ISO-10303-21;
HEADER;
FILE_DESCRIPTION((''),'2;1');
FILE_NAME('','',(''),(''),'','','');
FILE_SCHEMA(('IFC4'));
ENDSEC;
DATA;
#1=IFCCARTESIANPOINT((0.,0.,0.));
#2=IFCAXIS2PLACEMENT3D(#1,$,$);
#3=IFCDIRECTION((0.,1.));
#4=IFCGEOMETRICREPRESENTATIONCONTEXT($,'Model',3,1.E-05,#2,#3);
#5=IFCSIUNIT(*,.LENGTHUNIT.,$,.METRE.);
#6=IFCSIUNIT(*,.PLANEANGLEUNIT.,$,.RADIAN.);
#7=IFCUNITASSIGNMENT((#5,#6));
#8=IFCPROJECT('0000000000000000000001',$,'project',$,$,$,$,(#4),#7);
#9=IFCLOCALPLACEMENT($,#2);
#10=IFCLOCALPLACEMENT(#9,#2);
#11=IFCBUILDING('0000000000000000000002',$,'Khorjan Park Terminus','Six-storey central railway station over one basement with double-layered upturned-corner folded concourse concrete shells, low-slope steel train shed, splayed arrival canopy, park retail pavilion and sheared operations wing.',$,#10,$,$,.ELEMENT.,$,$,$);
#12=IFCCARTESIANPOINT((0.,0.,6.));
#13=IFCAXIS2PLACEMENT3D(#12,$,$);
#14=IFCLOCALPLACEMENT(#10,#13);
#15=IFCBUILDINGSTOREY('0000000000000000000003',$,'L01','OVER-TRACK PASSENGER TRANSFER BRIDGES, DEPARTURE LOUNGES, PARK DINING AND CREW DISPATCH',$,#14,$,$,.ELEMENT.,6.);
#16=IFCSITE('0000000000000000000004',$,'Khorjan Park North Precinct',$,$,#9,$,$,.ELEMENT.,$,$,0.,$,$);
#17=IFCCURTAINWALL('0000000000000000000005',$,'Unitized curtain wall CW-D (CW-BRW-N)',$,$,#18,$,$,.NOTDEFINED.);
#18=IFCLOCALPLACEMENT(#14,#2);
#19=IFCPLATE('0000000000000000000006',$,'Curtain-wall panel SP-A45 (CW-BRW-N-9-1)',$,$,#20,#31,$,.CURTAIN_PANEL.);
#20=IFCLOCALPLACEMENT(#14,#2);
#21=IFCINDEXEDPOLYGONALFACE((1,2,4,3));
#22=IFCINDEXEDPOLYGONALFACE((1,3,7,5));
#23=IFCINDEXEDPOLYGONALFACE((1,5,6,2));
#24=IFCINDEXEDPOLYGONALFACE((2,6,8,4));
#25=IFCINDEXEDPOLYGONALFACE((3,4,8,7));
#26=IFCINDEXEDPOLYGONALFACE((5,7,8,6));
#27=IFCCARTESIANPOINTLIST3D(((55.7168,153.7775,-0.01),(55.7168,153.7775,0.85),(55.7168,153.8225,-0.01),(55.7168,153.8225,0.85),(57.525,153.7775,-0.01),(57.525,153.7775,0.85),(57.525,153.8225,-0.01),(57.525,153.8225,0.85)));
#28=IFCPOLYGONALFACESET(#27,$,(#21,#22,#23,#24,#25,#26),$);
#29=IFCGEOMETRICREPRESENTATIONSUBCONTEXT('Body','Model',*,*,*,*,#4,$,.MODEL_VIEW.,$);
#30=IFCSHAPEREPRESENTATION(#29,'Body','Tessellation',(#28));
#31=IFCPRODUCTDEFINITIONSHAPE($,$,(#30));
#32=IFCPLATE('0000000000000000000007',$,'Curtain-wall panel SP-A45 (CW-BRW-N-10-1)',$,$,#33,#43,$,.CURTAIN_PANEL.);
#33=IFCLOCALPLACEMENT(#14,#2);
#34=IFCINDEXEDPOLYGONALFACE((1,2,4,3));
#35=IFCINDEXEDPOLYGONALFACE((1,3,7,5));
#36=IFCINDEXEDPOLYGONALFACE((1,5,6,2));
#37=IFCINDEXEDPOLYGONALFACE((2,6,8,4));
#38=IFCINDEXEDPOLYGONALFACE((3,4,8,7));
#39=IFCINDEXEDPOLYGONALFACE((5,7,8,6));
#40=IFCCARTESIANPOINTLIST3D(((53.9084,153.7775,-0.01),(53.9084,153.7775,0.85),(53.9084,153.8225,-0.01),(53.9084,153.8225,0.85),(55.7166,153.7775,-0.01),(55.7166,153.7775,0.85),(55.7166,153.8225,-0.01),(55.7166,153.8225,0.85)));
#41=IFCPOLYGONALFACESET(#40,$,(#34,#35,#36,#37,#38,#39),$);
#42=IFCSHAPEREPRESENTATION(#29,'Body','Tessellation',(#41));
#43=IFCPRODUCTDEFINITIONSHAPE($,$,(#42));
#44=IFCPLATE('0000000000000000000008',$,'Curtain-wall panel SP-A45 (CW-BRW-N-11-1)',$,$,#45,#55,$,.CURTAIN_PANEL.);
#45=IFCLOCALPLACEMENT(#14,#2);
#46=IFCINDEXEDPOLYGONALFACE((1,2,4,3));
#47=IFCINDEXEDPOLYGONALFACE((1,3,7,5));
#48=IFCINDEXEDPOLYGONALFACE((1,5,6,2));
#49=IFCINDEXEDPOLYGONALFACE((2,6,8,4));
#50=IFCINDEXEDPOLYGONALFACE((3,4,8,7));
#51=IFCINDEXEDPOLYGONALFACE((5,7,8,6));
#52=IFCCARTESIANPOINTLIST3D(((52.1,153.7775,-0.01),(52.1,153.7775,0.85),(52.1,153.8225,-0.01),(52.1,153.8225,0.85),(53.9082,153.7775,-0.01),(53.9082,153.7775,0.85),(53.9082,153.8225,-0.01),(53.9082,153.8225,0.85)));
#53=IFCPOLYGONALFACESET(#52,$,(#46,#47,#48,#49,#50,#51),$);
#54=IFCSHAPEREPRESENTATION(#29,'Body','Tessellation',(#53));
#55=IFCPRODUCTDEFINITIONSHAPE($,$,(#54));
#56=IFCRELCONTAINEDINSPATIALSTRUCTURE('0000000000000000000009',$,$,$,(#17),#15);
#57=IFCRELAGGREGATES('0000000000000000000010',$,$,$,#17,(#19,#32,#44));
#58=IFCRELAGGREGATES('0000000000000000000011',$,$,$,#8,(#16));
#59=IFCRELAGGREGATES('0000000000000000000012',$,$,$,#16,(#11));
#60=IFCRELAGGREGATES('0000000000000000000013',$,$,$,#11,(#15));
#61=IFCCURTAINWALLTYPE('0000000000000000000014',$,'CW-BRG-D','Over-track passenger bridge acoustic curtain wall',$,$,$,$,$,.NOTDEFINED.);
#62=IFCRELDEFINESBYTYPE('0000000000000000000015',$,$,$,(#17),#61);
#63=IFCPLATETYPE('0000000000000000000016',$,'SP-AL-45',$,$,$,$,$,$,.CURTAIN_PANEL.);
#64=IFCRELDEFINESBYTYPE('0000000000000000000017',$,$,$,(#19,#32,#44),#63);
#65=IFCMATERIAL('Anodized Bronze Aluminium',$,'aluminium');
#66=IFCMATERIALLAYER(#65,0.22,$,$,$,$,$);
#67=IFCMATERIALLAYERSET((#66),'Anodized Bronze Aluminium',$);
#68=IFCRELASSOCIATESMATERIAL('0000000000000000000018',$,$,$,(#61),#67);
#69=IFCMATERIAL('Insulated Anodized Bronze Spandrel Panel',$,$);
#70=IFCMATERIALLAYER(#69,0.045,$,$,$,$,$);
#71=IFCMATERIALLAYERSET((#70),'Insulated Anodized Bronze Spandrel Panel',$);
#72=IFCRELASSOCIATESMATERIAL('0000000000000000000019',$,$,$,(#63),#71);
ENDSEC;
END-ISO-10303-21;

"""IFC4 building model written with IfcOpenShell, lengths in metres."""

from ifc_helpers import new_model, si_unit, direction, frame, origin, origin_2d, place, context, subcontext, project, spatial, rectangle, extrude, material, layer, layer_set, type_object, element, aggregate, save


model = new_model("IFC4")

# Units and contexts
model_context = context("Model", 3, precision=1e-05, world=origin(), true_north=direction((0.0, 1.0)))
body_context = subcontext(model_context, "Body", "Model", "MODEL_VIEW")
ifc_project = project(units=[si_unit("LENGTHUNIT", "METRE"), si_unit("PLANEANGLEUNIT", "RADIAN")], contexts=[model_context])

# Site, building, storey
site_placement = place(None, origin())
site = spatial("IfcSite", under=ifc_project, at=site_placement, Name="Khorjan Park North Precinct", CompositionType="ELEMENT", RefElevation=0.0)
building_placement = place(site_placement, origin())
building = spatial("IfcBuilding", under=site, at=building_placement, Name="Khorjan Park Terminus", Description="Six-storey central railway station over one basement with double-layered upturned-corner folded concourse concrete shells, low-slope steel train shed, splayed arrival canopy, park retail pavilion and sheared operations wing.", CompositionType="ELEMENT")
storey_placement = place(building_placement, frame((0.0, 0.0, 6.0)))
storey = spatial("IfcBuildingStorey", under=building, at=storey_placement, Name="L01", Description="OVER-TRACK PASSENGER TRANSFER BRIDGES, DEPARTURE LOUNGES, PARK DINING AND CREW DISPATCH", CompositionType="ELEMENT", Elevation=6.0)

# Curtain wall
ifc_material_1 = material(Name="Anodized Bronze Aluminium", Category="aluminium")
ifc_layer_1 = layer(ifc_material_1, 0.22)
ifc_layer_set_1 = layer_set([ifc_layer_1], Name="Anodized Bronze Aluminium")
curtain_wall_type = type_object("IfcCurtainWallType", Name="CW-BRG-D", Description="Over-track passenger bridge acoustic curtain wall", PredefinedType="NOTDEFINED", material=ifc_layer_set_1)
curtain_wall_1_placement = place(storey_placement, origin())
curtain_wall_1 = element("IfcCurtainWall", 1, at=curtain_wall_1_placement, inside=storey, type_object=curtain_wall_type, Name="Unitized curtain wall CW-D (CW-BRW-N)", PredefinedType="NOTDEFINED")

# Plates
ifc_material_2 = material(Name="Insulated Anodized Bronze Spandrel Panel")
ifc_layer_2 = layer(ifc_material_2, 0.045)
ifc_layer_set_2 = layer_set([ifc_layer_2], Name="Insulated Anodized Bronze Spandrel Panel")
plate_type_1 = type_object("IfcPlateType", Name="SP-AL-45", PredefinedType="CURTAIN_PANEL", material=ifc_layer_set_2)
plate_1_placement = place(storey_placement, frame((56.6209, 153.8, -0.01), z_axis=(0.0, 0.0, 1.0), x_axis=(-1.0, 0.0, 0.0)))
plate_1 = element("IfcPlate", 2, at=plate_1_placement, type_object=plate_type_1, Name="Curtain-wall panel SP-A45 (CW-BRW-N-9-1)", PredefinedType="CURTAIN_PANEL", context=body_context, shape_type="SweptSolid", body=[
    extrude(rectangle(XDim=1.8083, YDim=0.045, at=origin_2d()), origin(), (0.0, 0.0, 1.0), 0.86),
])
plate_2_placement = place(storey_placement, frame((54.8125, 153.8, -0.01), z_axis=(0.0, 0.0, 1.0), x_axis=(-1.0, 0.0, 0.0)))
plate_2 = element("IfcPlate", 3, at=plate_2_placement, type_object=plate_type_1, Name="Curtain-wall panel SP-A45 (CW-BRW-N-10-1)", PredefinedType="CURTAIN_PANEL", context=body_context, shape_type="SweptSolid", body=[
    extrude(rectangle(XDim=1.8083, YDim=0.045, at=origin_2d()), origin(), (0.0, 0.0, 1.0), 0.86),
])
plate_3_placement = place(storey_placement, frame((53.0041, 153.8, -0.01), z_axis=(0.0, 0.0, 1.0), x_axis=(-1.0, 0.0, 0.0)))
plate_3 = element("IfcPlate", 4, at=plate_3_placement, type_object=plate_type_1, Name="Curtain-wall panel SP-A45 (CW-BRW-N-11-1)", PredefinedType="CURTAIN_PANEL", context=body_context, shape_type="SweptSolid", body=[
    extrude(rectangle(XDim=1.8083, YDim=0.045, at=origin_2d()), origin(), (0.0, 0.0, 1.0), 0.86),
])
aggregate(curtain_wall_1, [plate_1, plate_2, plate_3])

save(model, "model.ifc")
